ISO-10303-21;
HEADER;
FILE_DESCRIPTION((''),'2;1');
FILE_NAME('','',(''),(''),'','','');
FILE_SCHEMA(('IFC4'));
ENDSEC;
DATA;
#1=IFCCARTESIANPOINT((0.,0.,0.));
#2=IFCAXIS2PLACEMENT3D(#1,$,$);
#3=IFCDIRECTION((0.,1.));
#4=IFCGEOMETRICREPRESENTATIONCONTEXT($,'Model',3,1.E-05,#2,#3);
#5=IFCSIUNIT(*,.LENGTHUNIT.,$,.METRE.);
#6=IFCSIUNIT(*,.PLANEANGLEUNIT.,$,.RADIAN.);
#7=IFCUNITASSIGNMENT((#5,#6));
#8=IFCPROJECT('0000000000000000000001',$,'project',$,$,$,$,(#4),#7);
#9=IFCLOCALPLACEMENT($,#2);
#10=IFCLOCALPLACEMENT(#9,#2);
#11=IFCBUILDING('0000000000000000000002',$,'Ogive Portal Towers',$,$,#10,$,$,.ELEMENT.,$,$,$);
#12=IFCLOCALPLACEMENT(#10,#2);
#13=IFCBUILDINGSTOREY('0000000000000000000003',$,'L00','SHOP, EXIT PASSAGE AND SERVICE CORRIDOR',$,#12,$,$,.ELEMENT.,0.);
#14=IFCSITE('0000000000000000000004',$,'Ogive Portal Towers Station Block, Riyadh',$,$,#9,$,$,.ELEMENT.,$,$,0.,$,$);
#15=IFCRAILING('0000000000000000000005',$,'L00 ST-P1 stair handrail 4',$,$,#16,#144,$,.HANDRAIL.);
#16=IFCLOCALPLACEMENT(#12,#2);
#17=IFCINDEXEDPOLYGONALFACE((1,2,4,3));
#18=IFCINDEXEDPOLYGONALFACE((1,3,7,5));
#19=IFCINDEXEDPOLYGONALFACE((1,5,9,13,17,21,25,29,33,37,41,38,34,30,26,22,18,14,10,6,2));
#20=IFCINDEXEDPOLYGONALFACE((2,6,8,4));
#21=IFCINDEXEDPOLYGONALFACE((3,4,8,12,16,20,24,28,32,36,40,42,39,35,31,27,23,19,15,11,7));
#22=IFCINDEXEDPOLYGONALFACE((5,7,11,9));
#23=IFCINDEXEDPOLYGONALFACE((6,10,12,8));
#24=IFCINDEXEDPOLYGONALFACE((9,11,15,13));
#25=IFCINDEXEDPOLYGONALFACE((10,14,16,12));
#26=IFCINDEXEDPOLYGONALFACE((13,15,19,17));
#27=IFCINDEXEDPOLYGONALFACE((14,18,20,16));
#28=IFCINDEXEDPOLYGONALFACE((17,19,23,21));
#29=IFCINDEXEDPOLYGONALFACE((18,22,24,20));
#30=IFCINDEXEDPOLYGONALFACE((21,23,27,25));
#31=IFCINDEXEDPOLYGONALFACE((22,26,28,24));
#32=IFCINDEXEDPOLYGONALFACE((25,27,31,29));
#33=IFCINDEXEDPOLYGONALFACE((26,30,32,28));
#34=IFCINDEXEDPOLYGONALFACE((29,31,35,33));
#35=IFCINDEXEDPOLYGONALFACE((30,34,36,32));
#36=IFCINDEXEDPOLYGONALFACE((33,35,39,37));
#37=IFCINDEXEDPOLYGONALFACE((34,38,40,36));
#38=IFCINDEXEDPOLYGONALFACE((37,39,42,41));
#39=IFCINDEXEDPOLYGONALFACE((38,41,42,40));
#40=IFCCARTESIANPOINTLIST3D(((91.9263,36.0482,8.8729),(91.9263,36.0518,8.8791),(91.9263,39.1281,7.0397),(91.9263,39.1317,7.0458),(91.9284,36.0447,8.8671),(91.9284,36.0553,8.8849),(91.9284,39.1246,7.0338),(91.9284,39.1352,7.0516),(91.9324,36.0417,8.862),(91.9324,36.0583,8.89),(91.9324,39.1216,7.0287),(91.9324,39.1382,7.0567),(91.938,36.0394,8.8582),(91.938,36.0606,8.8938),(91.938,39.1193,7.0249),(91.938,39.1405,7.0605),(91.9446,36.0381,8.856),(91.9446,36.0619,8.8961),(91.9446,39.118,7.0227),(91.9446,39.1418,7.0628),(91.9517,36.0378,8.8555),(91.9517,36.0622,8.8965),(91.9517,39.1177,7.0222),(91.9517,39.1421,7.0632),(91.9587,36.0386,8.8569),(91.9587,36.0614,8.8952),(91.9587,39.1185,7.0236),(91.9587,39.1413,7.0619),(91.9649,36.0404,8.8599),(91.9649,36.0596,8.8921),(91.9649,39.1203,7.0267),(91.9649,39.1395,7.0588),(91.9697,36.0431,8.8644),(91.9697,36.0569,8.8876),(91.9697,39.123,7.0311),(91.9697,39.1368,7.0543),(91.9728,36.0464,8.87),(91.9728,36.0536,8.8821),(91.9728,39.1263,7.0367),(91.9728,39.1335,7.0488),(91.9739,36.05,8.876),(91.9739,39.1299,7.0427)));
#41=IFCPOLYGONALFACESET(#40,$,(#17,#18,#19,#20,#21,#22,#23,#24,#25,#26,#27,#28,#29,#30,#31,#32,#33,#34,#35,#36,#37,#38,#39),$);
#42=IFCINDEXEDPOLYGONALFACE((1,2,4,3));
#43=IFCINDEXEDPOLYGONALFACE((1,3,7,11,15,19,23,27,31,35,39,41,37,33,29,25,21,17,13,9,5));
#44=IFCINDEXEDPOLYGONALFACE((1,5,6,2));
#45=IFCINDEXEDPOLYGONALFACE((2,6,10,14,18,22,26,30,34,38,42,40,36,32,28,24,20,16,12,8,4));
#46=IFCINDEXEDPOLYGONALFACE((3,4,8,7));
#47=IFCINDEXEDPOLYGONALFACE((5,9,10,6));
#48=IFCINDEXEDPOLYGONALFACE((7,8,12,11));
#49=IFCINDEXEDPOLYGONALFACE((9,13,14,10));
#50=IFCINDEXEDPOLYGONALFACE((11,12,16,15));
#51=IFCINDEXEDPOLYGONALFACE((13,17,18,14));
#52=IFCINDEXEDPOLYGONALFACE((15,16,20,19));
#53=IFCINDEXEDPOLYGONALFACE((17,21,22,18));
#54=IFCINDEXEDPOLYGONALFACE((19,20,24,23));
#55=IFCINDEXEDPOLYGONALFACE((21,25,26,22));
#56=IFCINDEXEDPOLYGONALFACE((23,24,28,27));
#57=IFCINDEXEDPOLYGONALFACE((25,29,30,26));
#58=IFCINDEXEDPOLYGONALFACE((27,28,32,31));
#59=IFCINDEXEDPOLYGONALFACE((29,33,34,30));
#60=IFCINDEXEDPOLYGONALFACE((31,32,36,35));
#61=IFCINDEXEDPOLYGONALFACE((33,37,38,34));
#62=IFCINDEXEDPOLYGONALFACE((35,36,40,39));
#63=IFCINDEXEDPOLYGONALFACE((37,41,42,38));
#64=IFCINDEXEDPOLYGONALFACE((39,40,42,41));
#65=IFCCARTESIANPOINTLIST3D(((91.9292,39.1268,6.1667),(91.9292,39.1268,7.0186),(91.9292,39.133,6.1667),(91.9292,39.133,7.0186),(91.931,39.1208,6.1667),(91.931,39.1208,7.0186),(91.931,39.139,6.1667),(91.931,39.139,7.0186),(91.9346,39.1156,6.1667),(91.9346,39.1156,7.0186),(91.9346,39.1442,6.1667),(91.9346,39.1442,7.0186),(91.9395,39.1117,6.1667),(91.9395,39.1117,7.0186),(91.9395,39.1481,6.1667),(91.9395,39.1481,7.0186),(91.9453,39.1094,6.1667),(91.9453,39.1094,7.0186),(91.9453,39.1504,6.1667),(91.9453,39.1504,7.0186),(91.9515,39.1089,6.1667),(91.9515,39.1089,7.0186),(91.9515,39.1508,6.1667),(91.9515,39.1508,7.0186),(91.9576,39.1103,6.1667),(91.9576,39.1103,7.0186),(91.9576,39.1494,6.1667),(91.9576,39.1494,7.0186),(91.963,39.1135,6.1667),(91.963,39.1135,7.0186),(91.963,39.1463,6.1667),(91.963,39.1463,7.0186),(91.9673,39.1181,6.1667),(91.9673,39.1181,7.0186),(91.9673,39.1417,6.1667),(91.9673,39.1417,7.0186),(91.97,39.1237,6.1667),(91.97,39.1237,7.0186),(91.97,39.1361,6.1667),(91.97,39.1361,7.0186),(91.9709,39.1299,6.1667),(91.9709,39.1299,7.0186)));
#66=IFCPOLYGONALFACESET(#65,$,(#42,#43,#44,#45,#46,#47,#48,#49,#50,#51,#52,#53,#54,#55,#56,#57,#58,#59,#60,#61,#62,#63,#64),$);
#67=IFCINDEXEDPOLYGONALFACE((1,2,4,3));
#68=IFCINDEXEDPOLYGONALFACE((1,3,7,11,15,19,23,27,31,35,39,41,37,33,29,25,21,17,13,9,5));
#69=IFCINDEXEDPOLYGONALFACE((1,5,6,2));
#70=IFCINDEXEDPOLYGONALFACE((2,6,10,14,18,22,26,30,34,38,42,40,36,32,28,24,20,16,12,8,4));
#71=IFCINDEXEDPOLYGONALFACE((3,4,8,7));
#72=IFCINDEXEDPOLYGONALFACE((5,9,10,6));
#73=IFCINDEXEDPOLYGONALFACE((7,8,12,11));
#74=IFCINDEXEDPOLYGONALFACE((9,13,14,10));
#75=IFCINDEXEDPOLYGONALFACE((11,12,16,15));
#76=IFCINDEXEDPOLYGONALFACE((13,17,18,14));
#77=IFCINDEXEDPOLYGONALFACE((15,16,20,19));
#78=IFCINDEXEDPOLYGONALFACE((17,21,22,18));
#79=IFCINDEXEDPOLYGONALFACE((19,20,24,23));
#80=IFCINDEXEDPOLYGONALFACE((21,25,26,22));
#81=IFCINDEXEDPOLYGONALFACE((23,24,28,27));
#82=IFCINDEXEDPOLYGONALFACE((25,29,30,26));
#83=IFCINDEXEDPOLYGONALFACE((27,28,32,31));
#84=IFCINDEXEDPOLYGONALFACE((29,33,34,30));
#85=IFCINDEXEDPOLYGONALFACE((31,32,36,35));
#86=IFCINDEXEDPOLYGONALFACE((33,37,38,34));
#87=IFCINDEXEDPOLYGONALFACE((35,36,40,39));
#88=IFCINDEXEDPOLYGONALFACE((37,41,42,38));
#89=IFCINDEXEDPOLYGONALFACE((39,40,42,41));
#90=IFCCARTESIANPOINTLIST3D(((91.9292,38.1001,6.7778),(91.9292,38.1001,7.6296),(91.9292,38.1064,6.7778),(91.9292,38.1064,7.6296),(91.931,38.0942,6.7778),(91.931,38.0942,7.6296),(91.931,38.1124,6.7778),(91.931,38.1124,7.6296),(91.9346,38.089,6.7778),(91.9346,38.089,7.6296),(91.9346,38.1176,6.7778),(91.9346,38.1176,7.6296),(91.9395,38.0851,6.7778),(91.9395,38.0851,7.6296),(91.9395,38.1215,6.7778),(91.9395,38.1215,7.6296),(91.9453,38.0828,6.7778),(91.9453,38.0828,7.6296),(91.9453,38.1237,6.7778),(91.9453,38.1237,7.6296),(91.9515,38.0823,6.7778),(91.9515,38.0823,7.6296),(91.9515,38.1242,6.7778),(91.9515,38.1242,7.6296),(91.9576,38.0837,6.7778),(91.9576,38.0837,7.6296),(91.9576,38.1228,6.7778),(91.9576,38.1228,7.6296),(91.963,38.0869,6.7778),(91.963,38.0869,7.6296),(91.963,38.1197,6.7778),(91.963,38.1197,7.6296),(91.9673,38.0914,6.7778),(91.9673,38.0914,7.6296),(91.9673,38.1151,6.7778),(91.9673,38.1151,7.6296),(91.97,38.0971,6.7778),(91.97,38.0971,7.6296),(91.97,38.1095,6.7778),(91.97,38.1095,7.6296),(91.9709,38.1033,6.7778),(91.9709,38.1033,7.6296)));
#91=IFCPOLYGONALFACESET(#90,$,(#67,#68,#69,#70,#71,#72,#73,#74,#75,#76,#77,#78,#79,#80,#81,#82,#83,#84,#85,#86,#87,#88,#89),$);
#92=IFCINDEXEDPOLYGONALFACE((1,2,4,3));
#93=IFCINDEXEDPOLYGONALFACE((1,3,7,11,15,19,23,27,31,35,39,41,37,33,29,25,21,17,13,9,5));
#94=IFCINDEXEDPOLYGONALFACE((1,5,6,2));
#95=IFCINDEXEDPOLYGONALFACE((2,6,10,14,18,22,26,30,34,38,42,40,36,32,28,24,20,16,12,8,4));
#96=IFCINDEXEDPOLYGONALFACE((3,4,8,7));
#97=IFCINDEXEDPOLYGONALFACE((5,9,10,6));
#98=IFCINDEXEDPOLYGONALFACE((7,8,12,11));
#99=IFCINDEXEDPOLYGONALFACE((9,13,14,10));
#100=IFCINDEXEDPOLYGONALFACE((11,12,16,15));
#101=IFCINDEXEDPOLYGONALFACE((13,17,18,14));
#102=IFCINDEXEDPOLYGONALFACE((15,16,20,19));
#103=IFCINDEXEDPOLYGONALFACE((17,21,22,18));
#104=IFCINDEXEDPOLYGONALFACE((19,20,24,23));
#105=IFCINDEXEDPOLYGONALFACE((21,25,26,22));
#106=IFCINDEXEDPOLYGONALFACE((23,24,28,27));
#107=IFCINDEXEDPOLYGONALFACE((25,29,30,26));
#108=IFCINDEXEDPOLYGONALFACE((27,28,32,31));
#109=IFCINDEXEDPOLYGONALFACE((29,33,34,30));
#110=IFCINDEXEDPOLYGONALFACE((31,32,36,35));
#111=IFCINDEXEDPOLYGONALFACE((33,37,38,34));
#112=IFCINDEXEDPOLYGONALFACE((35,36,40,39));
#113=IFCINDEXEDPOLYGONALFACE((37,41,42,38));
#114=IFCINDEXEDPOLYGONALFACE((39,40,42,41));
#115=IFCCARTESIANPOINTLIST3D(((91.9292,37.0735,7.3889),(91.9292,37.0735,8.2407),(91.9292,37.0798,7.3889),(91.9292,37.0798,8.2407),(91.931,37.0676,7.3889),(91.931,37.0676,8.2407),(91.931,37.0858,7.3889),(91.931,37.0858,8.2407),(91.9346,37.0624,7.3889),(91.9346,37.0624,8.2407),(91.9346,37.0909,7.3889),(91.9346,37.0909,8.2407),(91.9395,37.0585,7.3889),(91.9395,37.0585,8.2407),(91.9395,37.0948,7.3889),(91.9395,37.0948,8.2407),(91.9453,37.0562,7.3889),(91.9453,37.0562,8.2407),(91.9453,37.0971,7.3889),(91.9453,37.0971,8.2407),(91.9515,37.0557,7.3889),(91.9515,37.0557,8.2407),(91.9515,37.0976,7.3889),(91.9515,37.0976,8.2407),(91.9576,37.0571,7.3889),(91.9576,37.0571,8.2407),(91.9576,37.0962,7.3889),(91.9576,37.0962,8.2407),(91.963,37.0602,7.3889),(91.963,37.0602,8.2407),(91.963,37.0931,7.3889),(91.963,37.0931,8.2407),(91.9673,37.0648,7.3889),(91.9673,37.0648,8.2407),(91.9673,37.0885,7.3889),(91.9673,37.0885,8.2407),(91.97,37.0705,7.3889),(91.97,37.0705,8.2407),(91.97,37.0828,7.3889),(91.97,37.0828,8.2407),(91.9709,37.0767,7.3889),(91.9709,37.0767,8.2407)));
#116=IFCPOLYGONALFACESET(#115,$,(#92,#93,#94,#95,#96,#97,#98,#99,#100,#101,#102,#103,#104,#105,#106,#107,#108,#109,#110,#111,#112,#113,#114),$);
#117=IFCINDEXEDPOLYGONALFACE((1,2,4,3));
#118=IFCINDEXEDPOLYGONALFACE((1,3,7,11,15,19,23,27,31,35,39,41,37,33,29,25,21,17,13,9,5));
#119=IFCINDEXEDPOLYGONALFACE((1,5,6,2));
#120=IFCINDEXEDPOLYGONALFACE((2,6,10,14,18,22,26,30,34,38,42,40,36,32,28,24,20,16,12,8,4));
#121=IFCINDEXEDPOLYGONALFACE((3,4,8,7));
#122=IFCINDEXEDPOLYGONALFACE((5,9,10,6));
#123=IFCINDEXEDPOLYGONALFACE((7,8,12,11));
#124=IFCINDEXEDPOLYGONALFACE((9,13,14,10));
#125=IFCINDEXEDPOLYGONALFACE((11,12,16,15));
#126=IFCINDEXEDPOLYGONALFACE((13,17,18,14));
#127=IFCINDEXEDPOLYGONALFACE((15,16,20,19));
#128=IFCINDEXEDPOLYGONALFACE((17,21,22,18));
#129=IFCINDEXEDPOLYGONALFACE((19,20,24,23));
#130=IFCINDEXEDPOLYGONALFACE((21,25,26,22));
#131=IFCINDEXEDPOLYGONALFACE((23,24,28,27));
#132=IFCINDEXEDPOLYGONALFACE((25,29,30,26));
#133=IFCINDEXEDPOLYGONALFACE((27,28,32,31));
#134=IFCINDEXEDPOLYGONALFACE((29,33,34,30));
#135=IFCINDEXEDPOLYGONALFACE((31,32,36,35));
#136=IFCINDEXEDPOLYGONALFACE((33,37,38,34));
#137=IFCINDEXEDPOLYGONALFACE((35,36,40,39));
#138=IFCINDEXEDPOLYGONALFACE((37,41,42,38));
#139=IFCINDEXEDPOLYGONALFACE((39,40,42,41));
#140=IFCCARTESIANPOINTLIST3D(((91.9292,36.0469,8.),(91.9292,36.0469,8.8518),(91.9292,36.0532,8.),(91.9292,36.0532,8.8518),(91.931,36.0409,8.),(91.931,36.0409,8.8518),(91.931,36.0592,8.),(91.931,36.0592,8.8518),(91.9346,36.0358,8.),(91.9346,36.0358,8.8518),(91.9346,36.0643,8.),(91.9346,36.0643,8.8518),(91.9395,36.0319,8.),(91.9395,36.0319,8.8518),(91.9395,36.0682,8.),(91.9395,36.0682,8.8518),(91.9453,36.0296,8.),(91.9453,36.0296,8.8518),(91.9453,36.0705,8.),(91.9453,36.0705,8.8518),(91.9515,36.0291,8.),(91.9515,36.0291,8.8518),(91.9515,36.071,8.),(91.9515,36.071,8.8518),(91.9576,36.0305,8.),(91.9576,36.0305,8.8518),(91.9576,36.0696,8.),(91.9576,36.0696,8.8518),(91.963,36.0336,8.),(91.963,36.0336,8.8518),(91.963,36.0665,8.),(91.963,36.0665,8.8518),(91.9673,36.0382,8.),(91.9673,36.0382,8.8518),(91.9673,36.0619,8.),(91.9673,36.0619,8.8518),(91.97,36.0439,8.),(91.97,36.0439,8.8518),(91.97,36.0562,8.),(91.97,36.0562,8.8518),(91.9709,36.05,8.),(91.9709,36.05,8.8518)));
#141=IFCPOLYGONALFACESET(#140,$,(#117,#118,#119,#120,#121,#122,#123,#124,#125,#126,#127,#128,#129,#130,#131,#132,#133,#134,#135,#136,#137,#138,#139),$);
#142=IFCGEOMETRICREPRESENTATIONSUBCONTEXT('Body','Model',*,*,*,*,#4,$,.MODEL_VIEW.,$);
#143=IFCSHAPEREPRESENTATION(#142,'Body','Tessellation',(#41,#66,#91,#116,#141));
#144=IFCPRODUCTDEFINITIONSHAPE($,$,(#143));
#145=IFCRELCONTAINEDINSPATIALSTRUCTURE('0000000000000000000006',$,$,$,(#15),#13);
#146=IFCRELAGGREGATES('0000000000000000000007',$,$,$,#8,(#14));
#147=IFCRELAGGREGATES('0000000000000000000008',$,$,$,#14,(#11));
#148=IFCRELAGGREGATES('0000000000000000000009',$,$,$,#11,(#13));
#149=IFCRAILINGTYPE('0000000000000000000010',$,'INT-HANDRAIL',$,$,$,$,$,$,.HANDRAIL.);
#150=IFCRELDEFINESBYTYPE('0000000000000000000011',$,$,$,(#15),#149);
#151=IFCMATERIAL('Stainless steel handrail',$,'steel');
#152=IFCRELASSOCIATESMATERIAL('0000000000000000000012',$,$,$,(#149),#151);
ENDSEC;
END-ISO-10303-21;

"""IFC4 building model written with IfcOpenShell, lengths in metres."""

from ifc_helpers import new_model, si_unit, direction, frame, origin, origin_2d, place, context, subcontext, project, spatial, circle, extrude, material, type_object, element, save


model = new_model("IFC4")

# Units and contexts
model_context = context("Model", 3, precision=1e-05, world=origin(), true_north=direction((0.0, 1.0)))
body_context = subcontext(model_context, "Body", "Model", "MODEL_VIEW")
ifc_project = project(units=[si_unit("LENGTHUNIT", "METRE"), si_unit("PLANEANGLEUNIT", "RADIAN")], contexts=[model_context])

# Site, building, storey
site_placement = place(None, origin())
site = spatial("IfcSite", under=ifc_project, at=site_placement, Name="Ogive Portal Towers Station Block, Riyadh", CompositionType="ELEMENT", RefElevation=0.0)
building_placement = place(site_placement, origin())
building = spatial("IfcBuilding", under=site, at=building_placement, Name="Ogive Portal Towers", CompositionType="ELEMENT")
storey_placement = place(building_placement, origin())
storey = spatial("IfcBuildingStorey", under=building, at=storey_placement, Name="L00", Description="SHOP, EXIT PASSAGE AND SERVICE CORRIDOR", CompositionType="ELEMENT", Elevation=0.0)

# Railing
ifc_material_1 = material(Name="Stainless steel handrail", Category="steel")
railing_type_1 = type_object("IfcRailingType", Name="INT-HANDRAIL", PredefinedType="HANDRAIL", material=ifc_material_1)
railing_1_placement = place(storey_placement, frame((91.95, 39.1299, 6.1667)))
element("IfcRailing", 1, at=railing_1_placement, inside=storey, type_object=railing_type_1, Name="L00 ST-P1 stair handrail 4", PredefinedType="HANDRAIL", context=body_context, shape_type="SweptSolid", body=[
    extrude(circle(Radius=0.0239, at=origin_2d()), frame((0.0, 0.0, 0.876), z_axis=(0.0, -0.859291, 0.511487), x_axis=(1.0, 0.0, 0.0)), (0.0, 0.0, 1.0), 3.5842),
    extrude(circle(Radius=0.021, at=origin_2d()), origin(), (0.0, 0.0, 1.0), 0.8518),
    extrude(circle(Radius=0.021, at=origin_2d()), frame((0.0, -1.0266, 0.6111)), (0.0, 0.0, 1.0), 0.8518),
    extrude(circle(Radius=0.021, at=origin_2d()), frame((0.0, -2.0532, 1.2222)), (0.0, 0.0, 1.0), 0.8518),
    extrude(circle(Radius=0.021, at=origin_2d()), frame((0.0, -3.0798, 1.8333)), (0.0, 0.0, 1.0), 0.8518),
])

save(model, "model.ifc")
